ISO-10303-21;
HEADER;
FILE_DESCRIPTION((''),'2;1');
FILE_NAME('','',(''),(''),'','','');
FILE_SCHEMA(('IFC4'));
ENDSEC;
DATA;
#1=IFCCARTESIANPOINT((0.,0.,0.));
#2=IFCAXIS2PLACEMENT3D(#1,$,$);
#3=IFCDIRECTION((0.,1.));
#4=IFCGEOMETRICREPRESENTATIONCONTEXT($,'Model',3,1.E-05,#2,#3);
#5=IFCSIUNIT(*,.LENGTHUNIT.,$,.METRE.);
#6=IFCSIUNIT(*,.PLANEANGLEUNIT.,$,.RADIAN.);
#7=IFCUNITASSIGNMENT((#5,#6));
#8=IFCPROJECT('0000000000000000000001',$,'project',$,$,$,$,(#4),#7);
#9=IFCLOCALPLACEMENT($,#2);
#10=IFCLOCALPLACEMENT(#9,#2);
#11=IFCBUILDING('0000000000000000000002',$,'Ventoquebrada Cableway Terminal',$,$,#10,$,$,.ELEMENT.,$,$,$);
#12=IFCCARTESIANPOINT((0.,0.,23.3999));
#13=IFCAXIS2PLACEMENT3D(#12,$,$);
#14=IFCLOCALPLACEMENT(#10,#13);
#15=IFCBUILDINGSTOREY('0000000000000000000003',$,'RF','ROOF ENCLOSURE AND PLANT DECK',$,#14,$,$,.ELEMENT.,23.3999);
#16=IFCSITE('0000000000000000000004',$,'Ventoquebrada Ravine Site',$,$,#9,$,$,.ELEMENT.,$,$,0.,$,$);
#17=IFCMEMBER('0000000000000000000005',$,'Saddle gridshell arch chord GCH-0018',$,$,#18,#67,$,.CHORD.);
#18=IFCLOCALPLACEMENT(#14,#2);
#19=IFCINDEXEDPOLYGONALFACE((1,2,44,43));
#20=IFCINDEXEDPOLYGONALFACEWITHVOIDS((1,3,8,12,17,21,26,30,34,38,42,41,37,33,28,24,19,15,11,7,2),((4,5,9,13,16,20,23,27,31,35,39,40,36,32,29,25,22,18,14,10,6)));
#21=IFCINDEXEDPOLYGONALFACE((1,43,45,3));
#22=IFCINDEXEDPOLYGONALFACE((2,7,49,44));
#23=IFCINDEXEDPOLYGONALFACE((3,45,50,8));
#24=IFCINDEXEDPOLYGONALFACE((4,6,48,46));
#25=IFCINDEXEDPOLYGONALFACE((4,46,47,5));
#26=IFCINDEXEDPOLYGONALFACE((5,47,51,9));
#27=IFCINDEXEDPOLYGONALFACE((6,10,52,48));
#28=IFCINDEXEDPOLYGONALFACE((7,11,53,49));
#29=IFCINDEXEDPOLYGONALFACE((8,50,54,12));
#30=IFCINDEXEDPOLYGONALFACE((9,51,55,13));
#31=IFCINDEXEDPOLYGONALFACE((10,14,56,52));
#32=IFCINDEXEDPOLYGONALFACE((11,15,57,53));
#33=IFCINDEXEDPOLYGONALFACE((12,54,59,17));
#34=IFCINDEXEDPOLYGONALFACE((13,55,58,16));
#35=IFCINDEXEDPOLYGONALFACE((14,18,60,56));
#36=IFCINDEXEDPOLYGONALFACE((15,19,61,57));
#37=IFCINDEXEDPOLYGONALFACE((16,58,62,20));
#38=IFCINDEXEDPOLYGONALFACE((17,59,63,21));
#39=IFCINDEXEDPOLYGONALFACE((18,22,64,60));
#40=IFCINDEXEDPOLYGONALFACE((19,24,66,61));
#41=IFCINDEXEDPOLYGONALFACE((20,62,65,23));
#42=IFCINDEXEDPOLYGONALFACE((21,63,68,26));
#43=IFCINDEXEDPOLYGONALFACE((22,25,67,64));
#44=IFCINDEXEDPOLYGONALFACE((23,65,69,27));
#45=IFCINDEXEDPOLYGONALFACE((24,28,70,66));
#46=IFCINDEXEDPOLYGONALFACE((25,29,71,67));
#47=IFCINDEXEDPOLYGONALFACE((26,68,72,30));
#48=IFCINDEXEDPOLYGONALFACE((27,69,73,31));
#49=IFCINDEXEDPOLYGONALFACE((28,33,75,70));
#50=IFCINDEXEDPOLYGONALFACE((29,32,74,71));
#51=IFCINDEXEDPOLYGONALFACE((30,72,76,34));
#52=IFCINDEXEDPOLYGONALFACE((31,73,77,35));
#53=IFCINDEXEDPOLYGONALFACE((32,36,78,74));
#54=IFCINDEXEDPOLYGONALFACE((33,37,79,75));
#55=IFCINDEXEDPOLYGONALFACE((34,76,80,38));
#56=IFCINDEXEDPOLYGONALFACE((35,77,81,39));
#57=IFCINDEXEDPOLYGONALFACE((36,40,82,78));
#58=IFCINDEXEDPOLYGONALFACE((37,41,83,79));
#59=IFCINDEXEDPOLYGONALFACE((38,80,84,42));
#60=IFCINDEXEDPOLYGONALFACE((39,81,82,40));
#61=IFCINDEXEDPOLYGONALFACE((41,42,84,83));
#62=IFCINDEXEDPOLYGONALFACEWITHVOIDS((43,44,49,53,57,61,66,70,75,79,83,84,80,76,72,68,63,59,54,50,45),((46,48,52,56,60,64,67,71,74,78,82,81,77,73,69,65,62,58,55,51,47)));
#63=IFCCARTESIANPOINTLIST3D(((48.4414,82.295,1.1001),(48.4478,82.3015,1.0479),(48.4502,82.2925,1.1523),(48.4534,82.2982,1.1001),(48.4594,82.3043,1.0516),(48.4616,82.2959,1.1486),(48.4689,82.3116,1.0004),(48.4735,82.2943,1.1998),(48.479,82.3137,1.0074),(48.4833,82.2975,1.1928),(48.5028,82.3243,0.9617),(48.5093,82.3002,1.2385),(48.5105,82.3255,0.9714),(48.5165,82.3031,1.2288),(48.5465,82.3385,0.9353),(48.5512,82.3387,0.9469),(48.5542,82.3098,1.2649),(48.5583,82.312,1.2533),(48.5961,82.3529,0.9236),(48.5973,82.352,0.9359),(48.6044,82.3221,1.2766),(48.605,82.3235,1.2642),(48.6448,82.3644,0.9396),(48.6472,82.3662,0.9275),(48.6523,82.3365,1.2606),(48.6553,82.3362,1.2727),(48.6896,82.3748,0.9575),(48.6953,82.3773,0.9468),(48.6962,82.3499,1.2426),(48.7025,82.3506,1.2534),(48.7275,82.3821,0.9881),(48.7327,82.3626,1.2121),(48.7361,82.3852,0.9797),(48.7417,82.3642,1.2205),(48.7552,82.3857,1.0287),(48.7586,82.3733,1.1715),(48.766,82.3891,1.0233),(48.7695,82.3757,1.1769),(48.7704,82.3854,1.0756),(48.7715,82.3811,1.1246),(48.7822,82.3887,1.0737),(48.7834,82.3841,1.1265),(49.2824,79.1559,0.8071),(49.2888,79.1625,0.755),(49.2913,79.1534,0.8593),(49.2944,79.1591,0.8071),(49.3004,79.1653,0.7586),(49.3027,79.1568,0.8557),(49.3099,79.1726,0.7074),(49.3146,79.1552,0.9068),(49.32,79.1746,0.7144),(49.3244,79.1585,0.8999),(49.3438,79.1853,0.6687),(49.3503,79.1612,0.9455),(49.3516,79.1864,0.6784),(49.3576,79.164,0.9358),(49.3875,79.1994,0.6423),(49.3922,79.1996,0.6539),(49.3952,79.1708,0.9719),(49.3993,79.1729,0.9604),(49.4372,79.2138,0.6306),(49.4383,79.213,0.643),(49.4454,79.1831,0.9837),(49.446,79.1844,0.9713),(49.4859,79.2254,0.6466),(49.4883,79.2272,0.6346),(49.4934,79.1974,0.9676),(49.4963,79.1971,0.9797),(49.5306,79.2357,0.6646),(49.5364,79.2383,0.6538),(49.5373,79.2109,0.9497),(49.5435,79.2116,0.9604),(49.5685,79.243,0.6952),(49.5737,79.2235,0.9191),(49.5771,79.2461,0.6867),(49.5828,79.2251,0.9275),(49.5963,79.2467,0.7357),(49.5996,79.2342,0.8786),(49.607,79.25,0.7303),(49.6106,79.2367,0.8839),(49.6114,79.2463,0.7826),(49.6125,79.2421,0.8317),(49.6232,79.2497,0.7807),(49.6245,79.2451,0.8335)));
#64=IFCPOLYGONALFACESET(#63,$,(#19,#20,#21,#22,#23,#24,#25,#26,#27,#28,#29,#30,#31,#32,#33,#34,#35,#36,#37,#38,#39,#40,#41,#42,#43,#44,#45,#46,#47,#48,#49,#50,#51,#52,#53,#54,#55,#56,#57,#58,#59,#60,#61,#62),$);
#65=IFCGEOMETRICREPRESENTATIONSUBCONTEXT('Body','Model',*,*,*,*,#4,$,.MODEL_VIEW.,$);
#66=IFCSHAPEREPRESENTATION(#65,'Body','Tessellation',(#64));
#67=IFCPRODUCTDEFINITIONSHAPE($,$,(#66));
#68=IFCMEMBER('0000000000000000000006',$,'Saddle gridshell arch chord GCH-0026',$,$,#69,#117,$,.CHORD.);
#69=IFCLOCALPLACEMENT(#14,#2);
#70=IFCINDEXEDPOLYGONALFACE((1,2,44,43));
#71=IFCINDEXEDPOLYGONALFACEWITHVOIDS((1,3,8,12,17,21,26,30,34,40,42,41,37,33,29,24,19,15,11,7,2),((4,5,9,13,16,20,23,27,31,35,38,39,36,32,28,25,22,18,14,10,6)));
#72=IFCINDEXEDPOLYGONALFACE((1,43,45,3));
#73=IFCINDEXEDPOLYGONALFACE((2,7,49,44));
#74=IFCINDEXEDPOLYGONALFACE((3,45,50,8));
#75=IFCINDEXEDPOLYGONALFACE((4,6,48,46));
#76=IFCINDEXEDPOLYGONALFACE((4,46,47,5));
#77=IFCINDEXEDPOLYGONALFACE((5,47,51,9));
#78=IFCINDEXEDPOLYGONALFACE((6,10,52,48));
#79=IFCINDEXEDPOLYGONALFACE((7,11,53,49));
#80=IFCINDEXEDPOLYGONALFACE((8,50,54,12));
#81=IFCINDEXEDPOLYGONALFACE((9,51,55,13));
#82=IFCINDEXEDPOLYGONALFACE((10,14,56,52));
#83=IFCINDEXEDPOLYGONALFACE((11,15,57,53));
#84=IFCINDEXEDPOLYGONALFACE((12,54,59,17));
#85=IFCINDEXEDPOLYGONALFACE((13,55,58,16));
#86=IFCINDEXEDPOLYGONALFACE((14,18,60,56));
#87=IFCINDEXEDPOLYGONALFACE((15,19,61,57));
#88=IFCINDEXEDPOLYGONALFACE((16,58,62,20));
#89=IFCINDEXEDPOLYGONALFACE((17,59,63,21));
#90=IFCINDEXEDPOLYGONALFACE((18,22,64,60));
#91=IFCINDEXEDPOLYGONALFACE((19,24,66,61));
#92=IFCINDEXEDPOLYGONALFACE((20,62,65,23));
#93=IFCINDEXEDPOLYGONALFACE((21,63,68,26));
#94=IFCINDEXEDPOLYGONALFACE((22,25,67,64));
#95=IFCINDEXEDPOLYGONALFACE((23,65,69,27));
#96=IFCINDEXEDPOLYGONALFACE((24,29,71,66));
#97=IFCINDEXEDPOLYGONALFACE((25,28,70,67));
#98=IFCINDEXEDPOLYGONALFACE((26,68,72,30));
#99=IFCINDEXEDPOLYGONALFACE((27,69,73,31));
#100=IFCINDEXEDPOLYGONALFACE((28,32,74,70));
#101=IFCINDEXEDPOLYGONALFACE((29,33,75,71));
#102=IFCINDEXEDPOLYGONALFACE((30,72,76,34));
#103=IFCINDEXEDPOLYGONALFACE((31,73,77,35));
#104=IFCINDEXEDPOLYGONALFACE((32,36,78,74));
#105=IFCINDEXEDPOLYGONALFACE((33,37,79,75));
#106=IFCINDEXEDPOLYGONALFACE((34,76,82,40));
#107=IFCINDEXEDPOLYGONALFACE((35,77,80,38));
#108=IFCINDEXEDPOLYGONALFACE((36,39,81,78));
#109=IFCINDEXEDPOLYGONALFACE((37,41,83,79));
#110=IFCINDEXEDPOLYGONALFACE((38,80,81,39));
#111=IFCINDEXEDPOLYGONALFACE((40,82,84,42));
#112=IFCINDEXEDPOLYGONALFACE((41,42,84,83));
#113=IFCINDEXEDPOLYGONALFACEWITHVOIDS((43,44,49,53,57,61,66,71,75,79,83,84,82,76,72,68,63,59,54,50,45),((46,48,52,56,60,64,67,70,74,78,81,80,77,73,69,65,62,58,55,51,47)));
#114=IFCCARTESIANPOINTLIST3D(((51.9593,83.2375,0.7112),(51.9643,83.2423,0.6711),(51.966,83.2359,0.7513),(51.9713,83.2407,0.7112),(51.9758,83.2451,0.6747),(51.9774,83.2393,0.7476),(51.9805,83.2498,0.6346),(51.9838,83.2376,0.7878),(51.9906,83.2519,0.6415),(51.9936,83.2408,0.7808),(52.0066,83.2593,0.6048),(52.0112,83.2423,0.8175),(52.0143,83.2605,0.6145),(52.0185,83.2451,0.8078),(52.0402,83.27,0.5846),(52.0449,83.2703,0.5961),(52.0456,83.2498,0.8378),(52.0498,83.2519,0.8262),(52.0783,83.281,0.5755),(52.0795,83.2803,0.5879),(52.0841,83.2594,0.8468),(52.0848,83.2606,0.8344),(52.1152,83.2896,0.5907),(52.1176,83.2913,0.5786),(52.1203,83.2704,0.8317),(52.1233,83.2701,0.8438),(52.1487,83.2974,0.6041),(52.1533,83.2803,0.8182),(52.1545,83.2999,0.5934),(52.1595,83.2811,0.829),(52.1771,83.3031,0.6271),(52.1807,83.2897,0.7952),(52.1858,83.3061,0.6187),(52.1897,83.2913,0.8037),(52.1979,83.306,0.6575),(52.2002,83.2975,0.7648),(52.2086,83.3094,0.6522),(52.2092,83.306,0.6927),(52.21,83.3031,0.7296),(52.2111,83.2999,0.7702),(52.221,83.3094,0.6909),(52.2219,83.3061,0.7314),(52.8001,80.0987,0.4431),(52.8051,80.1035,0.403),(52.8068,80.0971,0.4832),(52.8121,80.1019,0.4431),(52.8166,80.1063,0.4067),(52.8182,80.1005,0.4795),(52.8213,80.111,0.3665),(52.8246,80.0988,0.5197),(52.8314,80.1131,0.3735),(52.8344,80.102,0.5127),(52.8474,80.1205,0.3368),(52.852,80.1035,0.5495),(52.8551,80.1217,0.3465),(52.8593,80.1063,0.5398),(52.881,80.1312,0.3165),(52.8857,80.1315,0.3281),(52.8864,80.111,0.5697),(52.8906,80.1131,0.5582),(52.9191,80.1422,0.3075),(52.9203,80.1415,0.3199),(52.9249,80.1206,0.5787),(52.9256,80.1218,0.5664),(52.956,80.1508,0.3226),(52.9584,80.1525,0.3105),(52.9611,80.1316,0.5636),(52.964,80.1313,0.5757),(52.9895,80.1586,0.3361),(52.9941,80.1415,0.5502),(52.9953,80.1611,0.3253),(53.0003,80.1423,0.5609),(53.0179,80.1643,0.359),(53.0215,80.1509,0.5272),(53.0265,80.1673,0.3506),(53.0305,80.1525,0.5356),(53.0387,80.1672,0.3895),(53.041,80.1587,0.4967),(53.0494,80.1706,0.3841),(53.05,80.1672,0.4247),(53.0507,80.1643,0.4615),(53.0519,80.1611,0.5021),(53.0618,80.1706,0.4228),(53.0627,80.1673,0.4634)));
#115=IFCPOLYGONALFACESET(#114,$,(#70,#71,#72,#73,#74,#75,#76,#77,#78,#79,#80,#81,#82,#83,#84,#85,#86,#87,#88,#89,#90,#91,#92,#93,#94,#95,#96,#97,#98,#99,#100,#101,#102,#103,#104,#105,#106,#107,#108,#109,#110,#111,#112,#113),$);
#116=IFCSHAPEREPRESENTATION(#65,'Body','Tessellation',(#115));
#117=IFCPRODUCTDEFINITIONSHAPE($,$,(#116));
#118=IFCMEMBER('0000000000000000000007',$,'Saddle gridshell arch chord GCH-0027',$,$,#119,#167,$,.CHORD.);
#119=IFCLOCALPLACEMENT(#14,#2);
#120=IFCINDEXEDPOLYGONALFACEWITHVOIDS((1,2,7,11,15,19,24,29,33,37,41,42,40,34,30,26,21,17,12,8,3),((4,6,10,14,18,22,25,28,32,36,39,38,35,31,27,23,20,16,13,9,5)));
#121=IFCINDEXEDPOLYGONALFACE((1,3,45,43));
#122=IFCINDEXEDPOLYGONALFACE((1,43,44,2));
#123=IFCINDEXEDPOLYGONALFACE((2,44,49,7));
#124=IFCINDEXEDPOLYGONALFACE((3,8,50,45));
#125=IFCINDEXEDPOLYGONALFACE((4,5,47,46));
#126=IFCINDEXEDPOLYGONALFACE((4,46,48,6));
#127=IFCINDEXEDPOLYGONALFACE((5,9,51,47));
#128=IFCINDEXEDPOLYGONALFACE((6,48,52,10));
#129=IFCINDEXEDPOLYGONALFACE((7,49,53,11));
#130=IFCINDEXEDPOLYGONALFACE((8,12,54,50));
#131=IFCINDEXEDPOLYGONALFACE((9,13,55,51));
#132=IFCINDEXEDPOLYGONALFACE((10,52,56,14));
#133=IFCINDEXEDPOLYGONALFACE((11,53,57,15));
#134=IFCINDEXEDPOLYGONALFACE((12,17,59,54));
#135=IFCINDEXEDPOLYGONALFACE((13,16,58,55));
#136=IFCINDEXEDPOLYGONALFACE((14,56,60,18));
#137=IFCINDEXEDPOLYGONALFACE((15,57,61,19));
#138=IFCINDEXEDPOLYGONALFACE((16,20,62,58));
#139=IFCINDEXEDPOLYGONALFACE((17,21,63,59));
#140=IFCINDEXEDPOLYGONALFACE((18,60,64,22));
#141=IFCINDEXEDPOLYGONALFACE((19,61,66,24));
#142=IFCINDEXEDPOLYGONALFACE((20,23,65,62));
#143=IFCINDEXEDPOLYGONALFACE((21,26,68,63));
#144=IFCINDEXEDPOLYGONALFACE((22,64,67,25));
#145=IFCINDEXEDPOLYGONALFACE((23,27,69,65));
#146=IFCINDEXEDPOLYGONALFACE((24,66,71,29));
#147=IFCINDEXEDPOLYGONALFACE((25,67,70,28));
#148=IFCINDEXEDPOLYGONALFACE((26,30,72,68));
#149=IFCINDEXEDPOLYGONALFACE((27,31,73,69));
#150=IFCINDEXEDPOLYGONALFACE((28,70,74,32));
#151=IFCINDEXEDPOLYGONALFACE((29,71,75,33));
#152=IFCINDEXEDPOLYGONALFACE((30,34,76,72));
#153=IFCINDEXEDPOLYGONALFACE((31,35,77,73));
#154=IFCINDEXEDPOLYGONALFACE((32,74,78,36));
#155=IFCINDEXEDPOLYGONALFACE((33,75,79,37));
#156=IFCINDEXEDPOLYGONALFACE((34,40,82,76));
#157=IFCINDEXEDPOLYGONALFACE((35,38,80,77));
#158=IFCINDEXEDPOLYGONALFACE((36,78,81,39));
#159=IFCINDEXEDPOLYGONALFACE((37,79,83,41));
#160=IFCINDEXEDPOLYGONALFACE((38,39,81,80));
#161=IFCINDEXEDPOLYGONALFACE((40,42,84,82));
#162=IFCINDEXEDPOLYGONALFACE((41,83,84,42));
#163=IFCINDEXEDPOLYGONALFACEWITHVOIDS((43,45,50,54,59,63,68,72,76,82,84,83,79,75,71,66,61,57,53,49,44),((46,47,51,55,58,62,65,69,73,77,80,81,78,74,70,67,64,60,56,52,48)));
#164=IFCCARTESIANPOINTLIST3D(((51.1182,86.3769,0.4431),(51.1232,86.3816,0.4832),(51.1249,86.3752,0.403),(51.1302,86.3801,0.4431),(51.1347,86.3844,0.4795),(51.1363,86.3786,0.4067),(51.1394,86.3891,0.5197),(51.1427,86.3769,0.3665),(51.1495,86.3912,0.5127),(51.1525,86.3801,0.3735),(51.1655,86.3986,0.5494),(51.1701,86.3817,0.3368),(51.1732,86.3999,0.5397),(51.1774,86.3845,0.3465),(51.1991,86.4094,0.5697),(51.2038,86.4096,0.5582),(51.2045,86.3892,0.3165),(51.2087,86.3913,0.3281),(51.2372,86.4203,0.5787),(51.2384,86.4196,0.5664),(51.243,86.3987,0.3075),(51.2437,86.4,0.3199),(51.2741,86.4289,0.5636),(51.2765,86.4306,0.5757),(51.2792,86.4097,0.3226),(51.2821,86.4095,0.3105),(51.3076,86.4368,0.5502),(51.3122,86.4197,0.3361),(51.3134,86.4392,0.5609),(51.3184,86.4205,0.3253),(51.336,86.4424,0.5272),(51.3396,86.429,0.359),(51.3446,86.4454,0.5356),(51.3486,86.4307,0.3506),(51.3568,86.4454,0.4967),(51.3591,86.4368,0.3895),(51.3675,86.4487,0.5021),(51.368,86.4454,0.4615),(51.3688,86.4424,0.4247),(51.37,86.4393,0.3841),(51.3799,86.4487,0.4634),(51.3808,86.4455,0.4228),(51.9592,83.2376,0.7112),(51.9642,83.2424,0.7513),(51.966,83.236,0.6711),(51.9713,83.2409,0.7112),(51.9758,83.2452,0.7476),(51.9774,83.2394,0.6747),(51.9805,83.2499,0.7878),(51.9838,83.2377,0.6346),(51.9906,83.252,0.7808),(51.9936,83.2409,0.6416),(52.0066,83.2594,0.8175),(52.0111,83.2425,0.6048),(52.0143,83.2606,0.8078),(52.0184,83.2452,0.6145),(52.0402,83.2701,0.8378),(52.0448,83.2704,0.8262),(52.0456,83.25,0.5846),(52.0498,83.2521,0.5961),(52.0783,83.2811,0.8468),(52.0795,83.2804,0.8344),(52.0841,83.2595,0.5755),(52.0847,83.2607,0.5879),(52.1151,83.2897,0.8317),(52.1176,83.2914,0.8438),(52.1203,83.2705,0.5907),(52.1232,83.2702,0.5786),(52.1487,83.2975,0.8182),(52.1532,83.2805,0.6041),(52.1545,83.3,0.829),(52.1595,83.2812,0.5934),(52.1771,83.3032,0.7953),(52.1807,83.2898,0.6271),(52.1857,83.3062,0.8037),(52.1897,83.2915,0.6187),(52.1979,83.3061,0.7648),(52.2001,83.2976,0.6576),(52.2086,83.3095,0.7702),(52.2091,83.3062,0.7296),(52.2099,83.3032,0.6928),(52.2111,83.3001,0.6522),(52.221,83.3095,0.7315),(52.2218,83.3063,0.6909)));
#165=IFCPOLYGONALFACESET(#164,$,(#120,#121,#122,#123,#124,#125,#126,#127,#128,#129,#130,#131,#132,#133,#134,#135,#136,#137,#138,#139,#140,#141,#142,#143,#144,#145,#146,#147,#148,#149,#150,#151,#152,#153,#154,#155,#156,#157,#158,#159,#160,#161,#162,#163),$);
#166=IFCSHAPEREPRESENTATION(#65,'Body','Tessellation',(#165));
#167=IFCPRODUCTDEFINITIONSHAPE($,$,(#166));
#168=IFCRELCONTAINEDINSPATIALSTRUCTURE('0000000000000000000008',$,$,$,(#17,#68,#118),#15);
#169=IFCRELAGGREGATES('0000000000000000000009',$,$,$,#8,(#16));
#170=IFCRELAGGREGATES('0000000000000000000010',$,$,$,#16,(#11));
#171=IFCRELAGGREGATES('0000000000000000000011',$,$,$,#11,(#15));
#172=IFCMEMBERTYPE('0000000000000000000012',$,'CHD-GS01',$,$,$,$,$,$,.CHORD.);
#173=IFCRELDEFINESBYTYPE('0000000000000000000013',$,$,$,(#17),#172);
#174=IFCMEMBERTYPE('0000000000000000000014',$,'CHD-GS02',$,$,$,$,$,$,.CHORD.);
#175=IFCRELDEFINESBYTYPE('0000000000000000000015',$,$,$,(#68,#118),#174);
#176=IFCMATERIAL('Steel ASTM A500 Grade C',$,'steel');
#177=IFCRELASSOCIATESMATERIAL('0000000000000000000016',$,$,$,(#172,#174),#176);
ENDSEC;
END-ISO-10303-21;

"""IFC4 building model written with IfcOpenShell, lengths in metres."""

from ifc_helpers import new_model, si_unit, direction, frame, origin, origin_2d, place, context, subcontext, project, spatial, hollow_circle, extrude, material, material_profile, profile_set, type_object, element, save


model = new_model("IFC4")

# Units and contexts
model_context = context("Model", 3, precision=1e-05, world=origin(), true_north=direction((0.0, 1.0)))
body_context = subcontext(model_context, "Body", "Model", "MODEL_VIEW")
ifc_project = project(units=[si_unit("LENGTHUNIT", "METRE"), si_unit("PLANEANGLEUNIT", "RADIAN")], contexts=[model_context])

# Site, building, storey
site_placement = place(None, origin())
site = spatial("IfcSite", under=ifc_project, at=site_placement, Name="Ventoquebrada Ravine Site", CompositionType="ELEMENT", RefElevation=0.0)
building_placement = place(site_placement, origin())
building = spatial("IfcBuilding", under=site, at=building_placement, Name="Ventoquebrada Cableway Terminal", CompositionType="ELEMENT")
storey_placement = place(building_placement, frame((0.0, 0.0, 23.3999)))
storey = spatial("IfcBuildingStorey", under=building, at=storey_placement, Name="RF", Description="ROOF ENCLOSURE AND PLANT DECK", CompositionType="ELEMENT", Elevation=23.3999)

# Members
ifc_material_1 = material(Name="Steel ASTM A500 Grade C", Category="steel")
ifc_material_profile_1 = material_profile(ifc_material_1, hollow_circle(Radius=0.1777, WallThickness=0.0125, at=origin_2d()), Name="CHS355.6X12.5")
ifc_profile_set_1 = profile_set([ifc_material_profile_1], Name="Steel ASTM A500 Grade C")
member_type_1 = type_object("IfcMemberType", Name="CHD-GS01", PredefinedType="CHORD", material=ifc_profile_set_1)
member_1_placement = place(storey_placement, frame((49.4541, 79.2019, 0.8071), z_axis=(-0.257753, 0.96203, 0.089783), x_axis=(-0.965931, -0.258799, 0.0)))
element("IfcMember", 1, at=member_1_placement, inside=storey, type_object=member_type_1, Name="Saddle gridshell arch chord GCH-0018", PredefinedType="CHORD", context=body_context, shape_type="SweptSolid", body=[
    extrude(hollow_circle(Radius=0.1777, WallThickness=0.0125, at=origin_2d()), origin(), (0.0, 0.0, 1.0), 3.2629),
])
ifc_material_profile_2 = material_profile(ifc_material_1, hollow_circle(Radius=0.1365, WallThickness=0.0125, at=origin_2d()), Name="CHS273.0X12.5")
ifc_profile_set_2 = profile_set([ifc_material_profile_2], Name="Steel ASTM A500 Grade C")
member_type_2 = type_object("IfcMemberType", Name="CHD-GS02", PredefinedType="CHORD", material=ifc_profile_set_2)
member_2_placement = place(storey_placement, frame((52.9319, 80.134, 0.4431), z_axis=(-0.257871, 0.962675, 0.082213), x_axis=(-0.965945, -0.258747, 0.0)))
element("IfcMember", 2, at=member_2_placement, inside=storey, type_object=member_type_2, Name="Saddle gridshell arch chord GCH-0026", PredefinedType="CHORD", context=body_context, shape_type="SweptSolid", body=[
    extrude(hollow_circle(Radius=0.1365, WallThickness=0.0125, at=origin_2d()), origin(), (0.0, 0.0, 1.0), 3.2605),
])
member_3_placement = place(storey_placement, frame((52.0911, 83.2729, 0.7112), z_axis=(-0.257923, 0.962662, -0.082206), x_axis=(-0.965931, -0.258799, 0.0)))
element("IfcMember", 3, at=member_3_placement, inside=storey, type_object=member_type_2, Name="Saddle gridshell arch chord GCH-0027", PredefinedType="CHORD", context=body_context, shape_type="SweptSolid", body=[
    extrude(hollow_circle(Radius=0.1365, WallThickness=0.0125, at=origin_2d()), origin(), (0.0, 0.0, 1.0), 3.261),
])

save(model, "model.ifc")
